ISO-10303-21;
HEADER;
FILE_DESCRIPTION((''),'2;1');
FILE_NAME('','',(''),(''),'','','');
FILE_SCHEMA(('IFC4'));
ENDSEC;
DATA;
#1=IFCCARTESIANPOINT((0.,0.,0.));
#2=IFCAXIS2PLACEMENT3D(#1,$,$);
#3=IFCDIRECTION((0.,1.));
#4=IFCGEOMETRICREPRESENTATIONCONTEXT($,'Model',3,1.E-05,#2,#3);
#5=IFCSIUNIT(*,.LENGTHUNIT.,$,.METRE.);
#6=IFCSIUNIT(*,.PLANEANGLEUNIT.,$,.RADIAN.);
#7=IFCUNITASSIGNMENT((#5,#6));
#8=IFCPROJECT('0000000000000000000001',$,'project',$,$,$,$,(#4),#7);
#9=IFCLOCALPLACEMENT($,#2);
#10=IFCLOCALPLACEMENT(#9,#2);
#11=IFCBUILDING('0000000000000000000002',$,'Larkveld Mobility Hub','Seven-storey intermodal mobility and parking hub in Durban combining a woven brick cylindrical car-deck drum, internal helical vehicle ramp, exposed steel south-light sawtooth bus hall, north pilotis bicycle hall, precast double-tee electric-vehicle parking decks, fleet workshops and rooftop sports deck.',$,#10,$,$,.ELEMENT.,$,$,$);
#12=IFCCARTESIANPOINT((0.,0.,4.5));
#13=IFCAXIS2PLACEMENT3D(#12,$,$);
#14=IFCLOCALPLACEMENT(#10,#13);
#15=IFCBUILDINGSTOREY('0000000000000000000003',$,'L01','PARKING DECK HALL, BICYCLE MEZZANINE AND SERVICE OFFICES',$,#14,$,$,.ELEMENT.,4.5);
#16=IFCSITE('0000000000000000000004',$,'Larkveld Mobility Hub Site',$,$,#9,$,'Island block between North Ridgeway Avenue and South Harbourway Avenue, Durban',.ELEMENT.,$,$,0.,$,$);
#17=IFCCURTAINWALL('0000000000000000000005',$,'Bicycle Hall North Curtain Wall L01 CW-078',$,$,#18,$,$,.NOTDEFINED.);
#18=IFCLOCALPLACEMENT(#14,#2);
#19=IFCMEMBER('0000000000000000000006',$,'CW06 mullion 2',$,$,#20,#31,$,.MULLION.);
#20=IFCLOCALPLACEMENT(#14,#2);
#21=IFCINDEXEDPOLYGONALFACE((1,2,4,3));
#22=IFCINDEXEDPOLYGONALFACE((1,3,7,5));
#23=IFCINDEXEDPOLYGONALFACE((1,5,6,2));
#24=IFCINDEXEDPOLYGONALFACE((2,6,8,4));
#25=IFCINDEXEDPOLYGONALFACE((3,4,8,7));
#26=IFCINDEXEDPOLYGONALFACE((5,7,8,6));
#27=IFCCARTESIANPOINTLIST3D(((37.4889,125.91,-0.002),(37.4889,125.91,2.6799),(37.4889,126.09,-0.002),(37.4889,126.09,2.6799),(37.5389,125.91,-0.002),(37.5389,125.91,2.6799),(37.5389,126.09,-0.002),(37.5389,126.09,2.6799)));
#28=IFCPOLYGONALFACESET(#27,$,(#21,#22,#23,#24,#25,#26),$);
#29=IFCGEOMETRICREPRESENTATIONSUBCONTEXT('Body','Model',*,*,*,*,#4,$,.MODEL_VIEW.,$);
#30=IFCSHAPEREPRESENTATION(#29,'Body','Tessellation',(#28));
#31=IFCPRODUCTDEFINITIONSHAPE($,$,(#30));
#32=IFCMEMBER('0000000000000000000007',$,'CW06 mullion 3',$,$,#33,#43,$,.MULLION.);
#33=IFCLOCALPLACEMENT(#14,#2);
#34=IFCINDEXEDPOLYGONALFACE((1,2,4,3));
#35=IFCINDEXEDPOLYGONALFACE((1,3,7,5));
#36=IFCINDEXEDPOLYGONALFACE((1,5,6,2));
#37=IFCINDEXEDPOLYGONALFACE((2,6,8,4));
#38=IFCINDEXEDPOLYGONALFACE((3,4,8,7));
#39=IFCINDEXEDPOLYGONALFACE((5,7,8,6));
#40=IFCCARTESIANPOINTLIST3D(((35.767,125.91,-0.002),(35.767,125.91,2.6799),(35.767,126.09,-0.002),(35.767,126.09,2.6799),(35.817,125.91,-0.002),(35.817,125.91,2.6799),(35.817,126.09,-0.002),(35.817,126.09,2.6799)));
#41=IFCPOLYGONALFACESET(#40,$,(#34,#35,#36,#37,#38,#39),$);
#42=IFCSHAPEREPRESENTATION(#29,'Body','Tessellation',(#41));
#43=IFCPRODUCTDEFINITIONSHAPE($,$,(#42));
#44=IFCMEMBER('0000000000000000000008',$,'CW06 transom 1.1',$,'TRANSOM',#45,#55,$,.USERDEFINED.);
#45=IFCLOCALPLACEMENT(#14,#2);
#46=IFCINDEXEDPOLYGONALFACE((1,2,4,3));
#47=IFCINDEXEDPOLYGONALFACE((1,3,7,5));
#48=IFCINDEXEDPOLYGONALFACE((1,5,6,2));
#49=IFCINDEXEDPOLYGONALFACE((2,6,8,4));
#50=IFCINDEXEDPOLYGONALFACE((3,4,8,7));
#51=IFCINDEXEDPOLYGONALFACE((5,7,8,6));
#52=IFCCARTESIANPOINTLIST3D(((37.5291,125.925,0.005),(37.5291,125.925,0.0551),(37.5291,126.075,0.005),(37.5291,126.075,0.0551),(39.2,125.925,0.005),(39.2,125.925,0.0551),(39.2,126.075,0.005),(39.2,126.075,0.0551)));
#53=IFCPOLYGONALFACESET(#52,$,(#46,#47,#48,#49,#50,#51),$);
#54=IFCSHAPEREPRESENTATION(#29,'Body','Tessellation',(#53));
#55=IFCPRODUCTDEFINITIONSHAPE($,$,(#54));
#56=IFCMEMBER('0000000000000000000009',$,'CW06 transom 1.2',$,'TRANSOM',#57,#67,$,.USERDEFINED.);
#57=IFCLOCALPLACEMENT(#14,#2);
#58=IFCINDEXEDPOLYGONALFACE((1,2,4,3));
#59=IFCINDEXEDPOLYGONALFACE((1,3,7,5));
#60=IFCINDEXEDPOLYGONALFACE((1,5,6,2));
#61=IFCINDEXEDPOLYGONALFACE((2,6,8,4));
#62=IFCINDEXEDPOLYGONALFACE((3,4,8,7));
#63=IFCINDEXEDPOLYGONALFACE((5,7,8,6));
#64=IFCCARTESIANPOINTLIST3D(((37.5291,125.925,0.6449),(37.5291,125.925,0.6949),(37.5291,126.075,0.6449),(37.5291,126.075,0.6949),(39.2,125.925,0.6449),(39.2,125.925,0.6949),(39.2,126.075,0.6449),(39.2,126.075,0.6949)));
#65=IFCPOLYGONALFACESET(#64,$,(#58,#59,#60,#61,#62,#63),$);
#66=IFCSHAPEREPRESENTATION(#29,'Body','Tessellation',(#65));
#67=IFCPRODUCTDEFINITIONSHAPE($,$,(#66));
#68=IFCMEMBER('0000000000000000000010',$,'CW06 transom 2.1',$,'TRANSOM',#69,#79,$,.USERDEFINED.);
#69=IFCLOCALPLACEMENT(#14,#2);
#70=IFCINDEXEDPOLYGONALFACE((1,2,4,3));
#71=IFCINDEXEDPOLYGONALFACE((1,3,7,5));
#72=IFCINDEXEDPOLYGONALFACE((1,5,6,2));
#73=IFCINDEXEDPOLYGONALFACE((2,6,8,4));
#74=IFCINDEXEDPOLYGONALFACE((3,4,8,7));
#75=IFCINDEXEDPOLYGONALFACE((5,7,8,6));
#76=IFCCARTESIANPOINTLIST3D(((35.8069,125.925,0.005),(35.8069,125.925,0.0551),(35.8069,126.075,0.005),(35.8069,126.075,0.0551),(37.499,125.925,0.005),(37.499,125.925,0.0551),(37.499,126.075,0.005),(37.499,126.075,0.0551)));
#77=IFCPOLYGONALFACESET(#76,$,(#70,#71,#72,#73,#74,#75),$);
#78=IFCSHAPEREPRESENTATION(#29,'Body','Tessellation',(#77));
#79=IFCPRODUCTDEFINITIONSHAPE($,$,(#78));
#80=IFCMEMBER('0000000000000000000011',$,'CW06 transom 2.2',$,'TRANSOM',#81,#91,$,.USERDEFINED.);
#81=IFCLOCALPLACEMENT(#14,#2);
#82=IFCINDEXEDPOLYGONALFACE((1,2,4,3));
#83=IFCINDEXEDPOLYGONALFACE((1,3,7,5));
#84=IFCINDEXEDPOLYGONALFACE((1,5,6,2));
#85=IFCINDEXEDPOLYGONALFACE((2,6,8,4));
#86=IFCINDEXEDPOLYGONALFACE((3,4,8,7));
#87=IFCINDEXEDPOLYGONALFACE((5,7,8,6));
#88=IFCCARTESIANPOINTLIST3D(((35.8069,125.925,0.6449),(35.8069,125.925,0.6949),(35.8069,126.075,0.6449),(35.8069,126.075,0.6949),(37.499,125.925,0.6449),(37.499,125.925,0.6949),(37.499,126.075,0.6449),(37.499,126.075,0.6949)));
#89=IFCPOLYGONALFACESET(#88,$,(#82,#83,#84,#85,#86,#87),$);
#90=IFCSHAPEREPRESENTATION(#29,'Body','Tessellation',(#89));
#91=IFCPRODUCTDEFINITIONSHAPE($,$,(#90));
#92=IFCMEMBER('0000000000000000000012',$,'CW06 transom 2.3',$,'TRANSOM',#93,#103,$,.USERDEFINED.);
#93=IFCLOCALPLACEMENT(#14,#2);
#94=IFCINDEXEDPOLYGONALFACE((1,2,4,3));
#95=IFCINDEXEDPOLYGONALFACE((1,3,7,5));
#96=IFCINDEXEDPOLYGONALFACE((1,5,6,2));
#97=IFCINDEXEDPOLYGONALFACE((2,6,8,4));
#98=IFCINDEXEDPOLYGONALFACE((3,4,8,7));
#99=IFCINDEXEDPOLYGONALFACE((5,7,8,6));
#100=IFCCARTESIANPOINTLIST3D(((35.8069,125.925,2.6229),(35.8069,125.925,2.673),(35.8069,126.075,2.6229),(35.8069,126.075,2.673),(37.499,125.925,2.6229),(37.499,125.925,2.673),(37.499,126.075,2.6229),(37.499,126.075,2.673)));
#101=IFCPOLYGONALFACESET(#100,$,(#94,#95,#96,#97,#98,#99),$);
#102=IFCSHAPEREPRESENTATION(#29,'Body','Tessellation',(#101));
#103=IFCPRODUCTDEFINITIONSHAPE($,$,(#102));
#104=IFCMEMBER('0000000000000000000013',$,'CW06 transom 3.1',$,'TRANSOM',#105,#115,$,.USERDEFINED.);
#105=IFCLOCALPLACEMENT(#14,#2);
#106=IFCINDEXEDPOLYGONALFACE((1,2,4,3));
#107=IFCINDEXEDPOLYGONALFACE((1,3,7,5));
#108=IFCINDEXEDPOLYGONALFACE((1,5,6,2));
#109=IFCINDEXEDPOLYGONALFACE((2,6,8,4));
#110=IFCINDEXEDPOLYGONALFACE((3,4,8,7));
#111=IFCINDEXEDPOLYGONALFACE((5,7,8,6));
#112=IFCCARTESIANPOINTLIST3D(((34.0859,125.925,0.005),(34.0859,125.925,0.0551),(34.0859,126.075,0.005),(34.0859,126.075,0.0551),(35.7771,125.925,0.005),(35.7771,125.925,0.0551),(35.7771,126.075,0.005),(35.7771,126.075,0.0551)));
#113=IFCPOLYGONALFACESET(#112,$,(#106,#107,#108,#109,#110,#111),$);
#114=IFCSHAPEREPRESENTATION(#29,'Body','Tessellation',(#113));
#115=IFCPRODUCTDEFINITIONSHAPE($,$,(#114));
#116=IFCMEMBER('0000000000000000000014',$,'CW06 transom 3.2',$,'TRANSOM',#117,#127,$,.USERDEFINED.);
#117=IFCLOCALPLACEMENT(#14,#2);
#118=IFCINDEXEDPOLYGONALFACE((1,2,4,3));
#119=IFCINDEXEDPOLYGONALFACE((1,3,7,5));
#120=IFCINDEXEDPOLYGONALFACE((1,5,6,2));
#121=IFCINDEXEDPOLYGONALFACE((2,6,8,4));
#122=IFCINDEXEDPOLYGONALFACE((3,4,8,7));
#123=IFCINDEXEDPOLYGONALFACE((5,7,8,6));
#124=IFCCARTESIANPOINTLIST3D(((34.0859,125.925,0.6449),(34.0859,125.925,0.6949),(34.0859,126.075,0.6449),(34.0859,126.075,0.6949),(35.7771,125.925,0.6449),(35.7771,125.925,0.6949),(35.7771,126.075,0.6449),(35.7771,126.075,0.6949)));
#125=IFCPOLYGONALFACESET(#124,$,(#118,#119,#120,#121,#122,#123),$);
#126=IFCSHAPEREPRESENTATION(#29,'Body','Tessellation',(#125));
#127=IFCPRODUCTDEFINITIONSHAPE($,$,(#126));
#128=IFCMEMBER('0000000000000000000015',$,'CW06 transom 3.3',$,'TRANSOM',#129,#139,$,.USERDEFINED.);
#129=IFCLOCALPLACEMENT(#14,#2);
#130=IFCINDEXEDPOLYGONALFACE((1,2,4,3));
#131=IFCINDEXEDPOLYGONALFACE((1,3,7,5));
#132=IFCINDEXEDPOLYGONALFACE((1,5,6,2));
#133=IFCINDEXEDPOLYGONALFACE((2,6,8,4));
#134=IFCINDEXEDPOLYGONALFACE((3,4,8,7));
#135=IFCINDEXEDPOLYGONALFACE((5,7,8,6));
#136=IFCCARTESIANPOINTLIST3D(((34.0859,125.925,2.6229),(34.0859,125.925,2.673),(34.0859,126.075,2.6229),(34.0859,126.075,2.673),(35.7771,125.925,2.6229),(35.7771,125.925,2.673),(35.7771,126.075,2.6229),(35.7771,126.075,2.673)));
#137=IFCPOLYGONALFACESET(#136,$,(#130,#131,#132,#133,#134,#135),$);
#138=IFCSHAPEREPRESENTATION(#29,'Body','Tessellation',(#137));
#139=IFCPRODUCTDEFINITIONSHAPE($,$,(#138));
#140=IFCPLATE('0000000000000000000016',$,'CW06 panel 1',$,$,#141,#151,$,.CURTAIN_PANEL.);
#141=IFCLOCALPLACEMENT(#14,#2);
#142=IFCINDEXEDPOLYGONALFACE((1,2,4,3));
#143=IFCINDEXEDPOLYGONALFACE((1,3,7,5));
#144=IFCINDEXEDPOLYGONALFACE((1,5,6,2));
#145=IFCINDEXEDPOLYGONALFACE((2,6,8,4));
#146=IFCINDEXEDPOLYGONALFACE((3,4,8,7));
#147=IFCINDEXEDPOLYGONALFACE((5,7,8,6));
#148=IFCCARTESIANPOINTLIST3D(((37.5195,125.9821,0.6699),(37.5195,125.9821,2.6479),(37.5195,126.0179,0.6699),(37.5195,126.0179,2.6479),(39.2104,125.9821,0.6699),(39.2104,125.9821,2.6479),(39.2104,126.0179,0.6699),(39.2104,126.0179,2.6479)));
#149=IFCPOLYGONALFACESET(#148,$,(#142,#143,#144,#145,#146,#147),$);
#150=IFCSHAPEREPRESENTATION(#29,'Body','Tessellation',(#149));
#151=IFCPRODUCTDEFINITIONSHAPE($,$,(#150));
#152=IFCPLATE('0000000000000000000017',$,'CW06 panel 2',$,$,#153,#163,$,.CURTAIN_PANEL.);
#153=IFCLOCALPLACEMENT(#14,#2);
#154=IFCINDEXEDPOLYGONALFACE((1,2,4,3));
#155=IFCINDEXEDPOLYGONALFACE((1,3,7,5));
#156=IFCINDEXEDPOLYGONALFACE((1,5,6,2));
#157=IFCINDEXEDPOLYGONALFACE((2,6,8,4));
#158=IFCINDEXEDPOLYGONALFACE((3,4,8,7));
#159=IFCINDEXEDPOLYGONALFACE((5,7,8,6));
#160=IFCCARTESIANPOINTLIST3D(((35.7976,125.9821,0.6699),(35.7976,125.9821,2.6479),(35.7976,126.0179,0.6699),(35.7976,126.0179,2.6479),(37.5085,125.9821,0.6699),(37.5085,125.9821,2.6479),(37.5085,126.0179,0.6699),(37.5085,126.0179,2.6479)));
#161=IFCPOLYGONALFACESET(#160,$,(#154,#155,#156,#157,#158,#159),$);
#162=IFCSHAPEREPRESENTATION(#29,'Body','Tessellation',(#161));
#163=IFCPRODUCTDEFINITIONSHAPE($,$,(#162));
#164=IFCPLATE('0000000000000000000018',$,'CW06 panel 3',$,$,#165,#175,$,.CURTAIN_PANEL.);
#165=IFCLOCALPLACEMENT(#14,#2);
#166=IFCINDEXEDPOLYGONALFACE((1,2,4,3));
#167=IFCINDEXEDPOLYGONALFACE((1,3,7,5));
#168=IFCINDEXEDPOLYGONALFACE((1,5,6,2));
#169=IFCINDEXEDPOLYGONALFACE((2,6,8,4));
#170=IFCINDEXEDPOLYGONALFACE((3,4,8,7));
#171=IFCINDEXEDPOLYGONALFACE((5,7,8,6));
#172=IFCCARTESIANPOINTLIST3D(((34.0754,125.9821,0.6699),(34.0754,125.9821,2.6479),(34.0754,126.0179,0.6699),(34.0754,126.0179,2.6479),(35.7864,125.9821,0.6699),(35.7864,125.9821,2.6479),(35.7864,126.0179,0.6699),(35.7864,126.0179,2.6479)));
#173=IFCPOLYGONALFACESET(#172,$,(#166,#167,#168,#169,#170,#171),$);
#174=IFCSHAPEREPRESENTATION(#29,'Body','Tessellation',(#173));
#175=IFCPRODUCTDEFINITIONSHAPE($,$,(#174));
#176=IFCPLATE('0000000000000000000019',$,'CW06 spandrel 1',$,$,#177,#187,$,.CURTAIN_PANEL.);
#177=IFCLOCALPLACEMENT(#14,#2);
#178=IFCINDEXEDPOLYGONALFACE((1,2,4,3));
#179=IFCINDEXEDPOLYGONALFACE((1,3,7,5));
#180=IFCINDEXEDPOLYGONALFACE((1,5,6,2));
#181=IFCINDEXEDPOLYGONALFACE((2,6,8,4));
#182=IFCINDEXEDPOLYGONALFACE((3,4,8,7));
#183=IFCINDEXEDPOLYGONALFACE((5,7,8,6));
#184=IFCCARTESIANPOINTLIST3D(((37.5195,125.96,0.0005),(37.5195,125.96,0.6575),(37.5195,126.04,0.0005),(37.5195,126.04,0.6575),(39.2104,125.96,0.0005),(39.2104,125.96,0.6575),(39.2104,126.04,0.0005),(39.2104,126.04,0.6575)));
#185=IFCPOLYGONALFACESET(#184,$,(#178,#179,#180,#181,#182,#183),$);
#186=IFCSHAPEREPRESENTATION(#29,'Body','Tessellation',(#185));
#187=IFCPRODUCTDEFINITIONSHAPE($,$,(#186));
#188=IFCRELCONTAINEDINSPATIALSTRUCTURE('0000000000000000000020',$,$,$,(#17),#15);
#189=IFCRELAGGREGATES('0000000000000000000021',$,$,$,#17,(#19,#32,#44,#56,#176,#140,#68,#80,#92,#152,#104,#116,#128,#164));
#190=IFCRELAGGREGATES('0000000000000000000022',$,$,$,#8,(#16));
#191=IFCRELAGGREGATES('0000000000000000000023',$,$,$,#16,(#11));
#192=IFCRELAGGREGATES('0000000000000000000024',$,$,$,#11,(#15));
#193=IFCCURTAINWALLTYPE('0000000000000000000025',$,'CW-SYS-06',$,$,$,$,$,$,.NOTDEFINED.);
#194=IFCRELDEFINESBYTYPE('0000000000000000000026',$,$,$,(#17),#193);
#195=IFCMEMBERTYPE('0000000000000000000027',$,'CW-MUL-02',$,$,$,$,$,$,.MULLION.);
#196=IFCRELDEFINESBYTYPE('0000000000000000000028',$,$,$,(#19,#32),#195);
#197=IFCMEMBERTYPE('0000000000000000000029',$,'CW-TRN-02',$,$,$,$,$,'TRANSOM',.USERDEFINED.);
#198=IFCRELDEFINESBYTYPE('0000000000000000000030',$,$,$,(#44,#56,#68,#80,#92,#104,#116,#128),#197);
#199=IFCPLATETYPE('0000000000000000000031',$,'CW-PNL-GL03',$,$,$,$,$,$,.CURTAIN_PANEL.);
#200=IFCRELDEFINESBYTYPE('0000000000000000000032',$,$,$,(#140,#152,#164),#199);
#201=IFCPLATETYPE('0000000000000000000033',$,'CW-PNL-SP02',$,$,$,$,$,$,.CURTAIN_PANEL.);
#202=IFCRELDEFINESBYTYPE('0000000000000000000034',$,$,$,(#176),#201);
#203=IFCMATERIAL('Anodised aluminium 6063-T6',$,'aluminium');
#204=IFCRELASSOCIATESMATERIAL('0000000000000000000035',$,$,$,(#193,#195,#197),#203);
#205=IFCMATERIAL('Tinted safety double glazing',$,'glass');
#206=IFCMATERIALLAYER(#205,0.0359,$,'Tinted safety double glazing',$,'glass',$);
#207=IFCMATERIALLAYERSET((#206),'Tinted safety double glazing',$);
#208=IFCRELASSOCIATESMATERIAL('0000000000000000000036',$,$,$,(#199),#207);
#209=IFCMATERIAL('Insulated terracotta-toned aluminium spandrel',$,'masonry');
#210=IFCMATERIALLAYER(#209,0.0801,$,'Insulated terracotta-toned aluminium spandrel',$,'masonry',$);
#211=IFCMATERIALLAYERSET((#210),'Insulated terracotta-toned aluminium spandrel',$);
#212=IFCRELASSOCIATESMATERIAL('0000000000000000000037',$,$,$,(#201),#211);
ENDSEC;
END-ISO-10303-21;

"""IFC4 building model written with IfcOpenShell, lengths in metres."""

from ifc_helpers import new_model, si_unit, direction, frame, origin, origin_2d, place, context, subcontext, project, spatial, rectangle, extrude, material, layer, layer_set, material_profile, profile_set, type_object, element, aggregate, save


model = new_model("IFC4")

# Units and contexts
model_context = context("Model", 3, precision=1e-05, world=origin(), true_north=direction((0.0, 1.0)))
body_context = subcontext(model_context, "Body", "Model", "MODEL_VIEW")
ifc_project = project(units=[si_unit("LENGTHUNIT", "METRE"), si_unit("PLANEANGLEUNIT", "RADIAN")], contexts=[model_context])

# Site, building, storey
site_placement = place(None, origin())
site = spatial("IfcSite", under=ifc_project, at=site_placement, Name="Larkveld Mobility Hub Site", LongName="Island block between North Ridgeway Avenue and South Harbourway Avenue, Durban", CompositionType="ELEMENT", RefElevation=0.0)
building_placement = place(site_placement, origin())
building = spatial("IfcBuilding", under=site, at=building_placement, Name="Larkveld Mobility Hub", Description="Seven-storey intermodal mobility and parking hub in Durban combining a woven brick cylindrical car-deck drum, internal helical vehicle ramp, exposed steel south-light sawtooth bus hall, north pilotis bicycle hall, precast double-tee electric-vehicle parking decks, fleet workshops and rooftop sports deck.", CompositionType="ELEMENT")
storey_placement = place(building_placement, frame((0.0, 0.0, 4.5)))
storey = spatial("IfcBuildingStorey", under=building, at=storey_placement, Name="L01", Description="PARKING DECK HALL, BICYCLE MEZZANINE AND SERVICE OFFICES", CompositionType="ELEMENT", Elevation=4.5)

# Curtain wall, members, plates
ifc_material_1 = material(Name="Anodised aluminium 6063-T6", Category="aluminium")
curtain_wall_type = type_object("IfcCurtainWallType", Name="CW-SYS-06", PredefinedType="NOTDEFINED", material=ifc_material_1)
curtain_wall_placement = place(storey_placement, origin())
curtain_wall = element("IfcCurtainWall", 1, at=curtain_wall_placement, inside=storey, type_object=curtain_wall_type, Name="Bicycle Hall North Curtain Wall L01 CW-078", PredefinedType="NOTDEFINED")
ifc_material_profile_1 = material_profile(ifc_material_1, rectangle(XDim=0.05, YDim=0.1799, at=origin_2d()), Name="ALU MULL 50x180")
ifc_profile_set_1 = profile_set([ifc_material_profile_1], Name="Anodised aluminium 6063-T6")
member_type_1 = type_object("IfcMemberType", Name="CW-MUL-02", PredefinedType="MULLION", material=ifc_profile_set_1)
member_1_placement = place(storey_placement, frame((37.5139, 126.0, -0.002), z_axis=(0.0, 0.0, 1.0), x_axis=(-1.0, 0.0, 0.0)))
member_1 = element("IfcMember", 2, at=member_1_placement, type_object=member_type_1, Name="CW06 mullion 2", PredefinedType="MULLION", context=body_context, shape_type="SweptSolid", body=[
    extrude(rectangle(XDim=0.05, YDim=0.1799, at=origin_2d()), origin(), (0.0, 0.0, 1.0), 2.6819),
])
member_2_placement = place(storey_placement, frame((35.792, 126.0, -0.002), z_axis=(0.0, 0.0, 1.0), x_axis=(-1.0, 0.0, 0.0)))
member_2 = element("IfcMember", 3, at=member_2_placement, type_object=member_type_1, Name="CW06 mullion 3", PredefinedType="MULLION", context=body_context, shape_type="SweptSolid", body=[
    extrude(rectangle(XDim=0.05, YDim=0.1799, at=origin_2d()), origin(), (0.0, 0.0, 1.0), 2.6819),
])
ifc_material_profile_2 = material_profile(ifc_material_1, rectangle(XDim=0.1499, YDim=0.05, at=origin_2d()), Name="ALU TRAN 50x150")
ifc_profile_set_2 = profile_set([ifc_material_profile_2], Name="Anodised aluminium 6063-T6")
member_type_2 = type_object("IfcMemberType", Name="CW-TRN-02", ElementType="TRANSOM", PredefinedType="USERDEFINED", material=ifc_profile_set_2)
member_3_placement = place(storey_placement, frame((39.2, 126.0, 0.03), z_axis=(-1.0, 0.0, 0.0), x_axis=(0.0, -1.0, 0.0)))
member_3 = element("IfcMember", 4, at=member_3_placement, type_object=member_type_2, Name="CW06 transom 1.1", ObjectType="TRANSOM", PredefinedType="USERDEFINED", context=body_context, shape_type="SweptSolid", body=[
    extrude(rectangle(XDim=0.1499, YDim=0.05, at=origin_2d()), origin(), (0.0, 0.0, 1.0), 1.6709),
])
member_4_placement = place(storey_placement, frame((39.2, 126.0, 0.6699), z_axis=(-1.0, 0.0, 0.0), x_axis=(0.0, -1.0, 0.0)))
member_4 = element("IfcMember", 5, at=member_4_placement, type_object=member_type_2, Name="CW06 transom 1.2", ObjectType="TRANSOM", PredefinedType="USERDEFINED", context=body_context, shape_type="SweptSolid", body=[
    extrude(rectangle(XDim=0.1499, YDim=0.05, at=origin_2d()), origin(), (0.0, 0.0, 1.0), 1.6709),
])
member_5_placement = place(storey_placement, frame((37.499, 126.0, 0.03), z_axis=(-1.0, 0.0, 0.0), x_axis=(0.0, -1.0, 0.0)))
member_5 = element("IfcMember", 6, at=member_5_placement, type_object=member_type_2, Name="CW06 transom 2.1", ObjectType="TRANSOM", PredefinedType="USERDEFINED", context=body_context, shape_type="SweptSolid", body=[
    extrude(rectangle(XDim=0.1499, YDim=0.05, at=origin_2d()), origin(), (0.0, 0.0, 1.0), 1.6921),
])
member_6_placement = place(storey_placement, frame((37.499, 126.0, 0.6699), z_axis=(-1.0, 0.0, 0.0), x_axis=(0.0, -1.0, 0.0)))
member_6 = element("IfcMember", 7, at=member_6_placement, type_object=member_type_2, Name="CW06 transom 2.2", ObjectType="TRANSOM", PredefinedType="USERDEFINED", context=body_context, shape_type="SweptSolid", body=[
    extrude(rectangle(XDim=0.1499, YDim=0.05, at=origin_2d()), origin(), (0.0, 0.0, 1.0), 1.6921),
])
member_7_placement = place(storey_placement, frame((37.499, 126.0, 2.6479), z_axis=(-1.0, 0.0, 0.0), x_axis=(0.0, -1.0, 0.0)))
member_7 = element("IfcMember", 8, at=member_7_placement, type_object=member_type_2, Name="CW06 transom 2.3", ObjectType="TRANSOM", PredefinedType="USERDEFINED", context=body_context, shape_type="SweptSolid", body=[
    extrude(rectangle(XDim=0.1499, YDim=0.05, at=origin_2d()), origin(), (0.0, 0.0, 1.0), 1.6921),
])
member_8_placement = place(storey_placement, frame((35.7771, 126.0, 0.03), z_axis=(-1.0, 0.0, 0.0), x_axis=(0.0, -1.0, 0.0)))
member_8 = element("IfcMember", 9, at=member_8_placement, type_object=member_type_2, Name="CW06 transom 3.1", ObjectType="TRANSOM", PredefinedType="USERDEFINED", context=body_context, shape_type="SweptSolid", body=[
    extrude(rectangle(XDim=0.1499, YDim=0.05, at=origin_2d()), origin(), (0.0, 0.0, 1.0), 1.6912),
])
member_9_placement = place(storey_placement, frame((35.7771, 126.0, 0.6699), z_axis=(-1.0, 0.0, 0.0), x_axis=(0.0, -1.0, 0.0)))
member_9 = element("IfcMember", 10, at=member_9_placement, type_object=member_type_2, Name="CW06 transom 3.2", ObjectType="TRANSOM", PredefinedType="USERDEFINED", context=body_context, shape_type="SweptSolid", body=[
    extrude(rectangle(XDim=0.1499, YDim=0.05, at=origin_2d()), origin(), (0.0, 0.0, 1.0), 1.6912),
])
member_10_placement = place(storey_placement, frame((35.7771, 126.0, 2.6479), z_axis=(-1.0, 0.0, 0.0), x_axis=(0.0, -1.0, 0.0)))
member_10 = element("IfcMember", 11, at=member_10_placement, type_object=member_type_2, Name="CW06 transom 3.3", ObjectType="TRANSOM", PredefinedType="USERDEFINED", context=body_context, shape_type="SweptSolid", body=[
    extrude(rectangle(XDim=0.1499, YDim=0.05, at=origin_2d()), origin(), (0.0, 0.0, 1.0), 1.6912),
])
ifc_material_2 = material(Name="Tinted safety double glazing", Category="glass")
ifc_layer_1 = layer(ifc_material_2, 0.0359, Name="Tinted safety double glazing", Category="glass")
ifc_layer_set_1 = layer_set([ifc_layer_1], Name="Tinted safety double glazing")
plate_type_1 = type_object("IfcPlateType", Name="CW-PNL-GL03", PredefinedType="CURTAIN_PANEL", material=ifc_layer_set_1)
plate_1_placement = place(storey_placement, frame((38.365, 126.0, 0.6699), z_axis=(0.0, 0.0, 1.0), x_axis=(-1.0, 0.0, 0.0)))
plate_1 = element("IfcPlate", 12, at=plate_1_placement, type_object=plate_type_1, Name="CW06 panel 1", PredefinedType="CURTAIN_PANEL", context=body_context, shape_type="SweptSolid", body=[
    extrude(rectangle(XDim=1.6909, YDim=0.0359, at=origin_2d()), origin(), (0.0, 0.0, 1.0), 1.978),
])
plate_2_placement = place(storey_placement, frame((36.6531, 126.0, 0.6699), z_axis=(0.0, 0.0, 1.0), x_axis=(-1.0, 0.0, 0.0)))
plate_2 = element("IfcPlate", 13, at=plate_2_placement, type_object=plate_type_1, Name="CW06 panel 2", PredefinedType="CURTAIN_PANEL", context=body_context, shape_type="SweptSolid", body=[
    extrude(rectangle(XDim=1.7109, YDim=0.0359, at=origin_2d()), origin(), (0.0, 0.0, 1.0), 1.978),
])
plate_3_placement = place(storey_placement, frame((34.9309, 126.0, 0.6699), z_axis=(0.0, 0.0, 1.0), x_axis=(-1.0, 0.0, 0.0)))
plate_3 = element("IfcPlate", 14, at=plate_3_placement, type_object=plate_type_1, Name="CW06 panel 3", PredefinedType="CURTAIN_PANEL", context=body_context, shape_type="SweptSolid", body=[
    extrude(rectangle(XDim=1.7109, YDim=0.0359, at=origin_2d()), origin(), (0.0, 0.0, 1.0), 1.978),
])
ifc_material_3 = material(Name="Insulated terracotta-toned aluminium spandrel", Category="masonry")
ifc_layer_2 = layer(ifc_material_3, 0.0801, Name="Insulated terracotta-toned aluminium spandrel", Category="masonry")
ifc_layer_set_2 = layer_set([ifc_layer_2], Name="Insulated terracotta-toned aluminium spandrel")
plate_type_2 = type_object("IfcPlateType", Name="CW-PNL-SP02", PredefinedType="CURTAIN_PANEL", material=ifc_layer_set_2)
plate_4_placement = place(storey_placement, frame((38.365, 126.0, 0.0005), z_axis=(0.0, 0.0, 1.0), x_axis=(-1.0, 0.0, 0.0)))
plate_4 = element("IfcPlate", 15, at=plate_4_placement, type_object=plate_type_2, Name="CW06 spandrel 1", PredefinedType="CURTAIN_PANEL", context=body_context, shape_type="SweptSolid", body=[
    extrude(rectangle(XDim=1.6909, YDim=0.0801, at=origin_2d()), origin(), (0.0, 0.0, 1.0), 0.657),
])
aggregate(curtain_wall, [member_1, member_2, member_3, member_4, plate_4, plate_1, member_5, member_6, member_7, plate_2, member_8, member_9, member_10, plate_3])

save(model, "model.ifc")
